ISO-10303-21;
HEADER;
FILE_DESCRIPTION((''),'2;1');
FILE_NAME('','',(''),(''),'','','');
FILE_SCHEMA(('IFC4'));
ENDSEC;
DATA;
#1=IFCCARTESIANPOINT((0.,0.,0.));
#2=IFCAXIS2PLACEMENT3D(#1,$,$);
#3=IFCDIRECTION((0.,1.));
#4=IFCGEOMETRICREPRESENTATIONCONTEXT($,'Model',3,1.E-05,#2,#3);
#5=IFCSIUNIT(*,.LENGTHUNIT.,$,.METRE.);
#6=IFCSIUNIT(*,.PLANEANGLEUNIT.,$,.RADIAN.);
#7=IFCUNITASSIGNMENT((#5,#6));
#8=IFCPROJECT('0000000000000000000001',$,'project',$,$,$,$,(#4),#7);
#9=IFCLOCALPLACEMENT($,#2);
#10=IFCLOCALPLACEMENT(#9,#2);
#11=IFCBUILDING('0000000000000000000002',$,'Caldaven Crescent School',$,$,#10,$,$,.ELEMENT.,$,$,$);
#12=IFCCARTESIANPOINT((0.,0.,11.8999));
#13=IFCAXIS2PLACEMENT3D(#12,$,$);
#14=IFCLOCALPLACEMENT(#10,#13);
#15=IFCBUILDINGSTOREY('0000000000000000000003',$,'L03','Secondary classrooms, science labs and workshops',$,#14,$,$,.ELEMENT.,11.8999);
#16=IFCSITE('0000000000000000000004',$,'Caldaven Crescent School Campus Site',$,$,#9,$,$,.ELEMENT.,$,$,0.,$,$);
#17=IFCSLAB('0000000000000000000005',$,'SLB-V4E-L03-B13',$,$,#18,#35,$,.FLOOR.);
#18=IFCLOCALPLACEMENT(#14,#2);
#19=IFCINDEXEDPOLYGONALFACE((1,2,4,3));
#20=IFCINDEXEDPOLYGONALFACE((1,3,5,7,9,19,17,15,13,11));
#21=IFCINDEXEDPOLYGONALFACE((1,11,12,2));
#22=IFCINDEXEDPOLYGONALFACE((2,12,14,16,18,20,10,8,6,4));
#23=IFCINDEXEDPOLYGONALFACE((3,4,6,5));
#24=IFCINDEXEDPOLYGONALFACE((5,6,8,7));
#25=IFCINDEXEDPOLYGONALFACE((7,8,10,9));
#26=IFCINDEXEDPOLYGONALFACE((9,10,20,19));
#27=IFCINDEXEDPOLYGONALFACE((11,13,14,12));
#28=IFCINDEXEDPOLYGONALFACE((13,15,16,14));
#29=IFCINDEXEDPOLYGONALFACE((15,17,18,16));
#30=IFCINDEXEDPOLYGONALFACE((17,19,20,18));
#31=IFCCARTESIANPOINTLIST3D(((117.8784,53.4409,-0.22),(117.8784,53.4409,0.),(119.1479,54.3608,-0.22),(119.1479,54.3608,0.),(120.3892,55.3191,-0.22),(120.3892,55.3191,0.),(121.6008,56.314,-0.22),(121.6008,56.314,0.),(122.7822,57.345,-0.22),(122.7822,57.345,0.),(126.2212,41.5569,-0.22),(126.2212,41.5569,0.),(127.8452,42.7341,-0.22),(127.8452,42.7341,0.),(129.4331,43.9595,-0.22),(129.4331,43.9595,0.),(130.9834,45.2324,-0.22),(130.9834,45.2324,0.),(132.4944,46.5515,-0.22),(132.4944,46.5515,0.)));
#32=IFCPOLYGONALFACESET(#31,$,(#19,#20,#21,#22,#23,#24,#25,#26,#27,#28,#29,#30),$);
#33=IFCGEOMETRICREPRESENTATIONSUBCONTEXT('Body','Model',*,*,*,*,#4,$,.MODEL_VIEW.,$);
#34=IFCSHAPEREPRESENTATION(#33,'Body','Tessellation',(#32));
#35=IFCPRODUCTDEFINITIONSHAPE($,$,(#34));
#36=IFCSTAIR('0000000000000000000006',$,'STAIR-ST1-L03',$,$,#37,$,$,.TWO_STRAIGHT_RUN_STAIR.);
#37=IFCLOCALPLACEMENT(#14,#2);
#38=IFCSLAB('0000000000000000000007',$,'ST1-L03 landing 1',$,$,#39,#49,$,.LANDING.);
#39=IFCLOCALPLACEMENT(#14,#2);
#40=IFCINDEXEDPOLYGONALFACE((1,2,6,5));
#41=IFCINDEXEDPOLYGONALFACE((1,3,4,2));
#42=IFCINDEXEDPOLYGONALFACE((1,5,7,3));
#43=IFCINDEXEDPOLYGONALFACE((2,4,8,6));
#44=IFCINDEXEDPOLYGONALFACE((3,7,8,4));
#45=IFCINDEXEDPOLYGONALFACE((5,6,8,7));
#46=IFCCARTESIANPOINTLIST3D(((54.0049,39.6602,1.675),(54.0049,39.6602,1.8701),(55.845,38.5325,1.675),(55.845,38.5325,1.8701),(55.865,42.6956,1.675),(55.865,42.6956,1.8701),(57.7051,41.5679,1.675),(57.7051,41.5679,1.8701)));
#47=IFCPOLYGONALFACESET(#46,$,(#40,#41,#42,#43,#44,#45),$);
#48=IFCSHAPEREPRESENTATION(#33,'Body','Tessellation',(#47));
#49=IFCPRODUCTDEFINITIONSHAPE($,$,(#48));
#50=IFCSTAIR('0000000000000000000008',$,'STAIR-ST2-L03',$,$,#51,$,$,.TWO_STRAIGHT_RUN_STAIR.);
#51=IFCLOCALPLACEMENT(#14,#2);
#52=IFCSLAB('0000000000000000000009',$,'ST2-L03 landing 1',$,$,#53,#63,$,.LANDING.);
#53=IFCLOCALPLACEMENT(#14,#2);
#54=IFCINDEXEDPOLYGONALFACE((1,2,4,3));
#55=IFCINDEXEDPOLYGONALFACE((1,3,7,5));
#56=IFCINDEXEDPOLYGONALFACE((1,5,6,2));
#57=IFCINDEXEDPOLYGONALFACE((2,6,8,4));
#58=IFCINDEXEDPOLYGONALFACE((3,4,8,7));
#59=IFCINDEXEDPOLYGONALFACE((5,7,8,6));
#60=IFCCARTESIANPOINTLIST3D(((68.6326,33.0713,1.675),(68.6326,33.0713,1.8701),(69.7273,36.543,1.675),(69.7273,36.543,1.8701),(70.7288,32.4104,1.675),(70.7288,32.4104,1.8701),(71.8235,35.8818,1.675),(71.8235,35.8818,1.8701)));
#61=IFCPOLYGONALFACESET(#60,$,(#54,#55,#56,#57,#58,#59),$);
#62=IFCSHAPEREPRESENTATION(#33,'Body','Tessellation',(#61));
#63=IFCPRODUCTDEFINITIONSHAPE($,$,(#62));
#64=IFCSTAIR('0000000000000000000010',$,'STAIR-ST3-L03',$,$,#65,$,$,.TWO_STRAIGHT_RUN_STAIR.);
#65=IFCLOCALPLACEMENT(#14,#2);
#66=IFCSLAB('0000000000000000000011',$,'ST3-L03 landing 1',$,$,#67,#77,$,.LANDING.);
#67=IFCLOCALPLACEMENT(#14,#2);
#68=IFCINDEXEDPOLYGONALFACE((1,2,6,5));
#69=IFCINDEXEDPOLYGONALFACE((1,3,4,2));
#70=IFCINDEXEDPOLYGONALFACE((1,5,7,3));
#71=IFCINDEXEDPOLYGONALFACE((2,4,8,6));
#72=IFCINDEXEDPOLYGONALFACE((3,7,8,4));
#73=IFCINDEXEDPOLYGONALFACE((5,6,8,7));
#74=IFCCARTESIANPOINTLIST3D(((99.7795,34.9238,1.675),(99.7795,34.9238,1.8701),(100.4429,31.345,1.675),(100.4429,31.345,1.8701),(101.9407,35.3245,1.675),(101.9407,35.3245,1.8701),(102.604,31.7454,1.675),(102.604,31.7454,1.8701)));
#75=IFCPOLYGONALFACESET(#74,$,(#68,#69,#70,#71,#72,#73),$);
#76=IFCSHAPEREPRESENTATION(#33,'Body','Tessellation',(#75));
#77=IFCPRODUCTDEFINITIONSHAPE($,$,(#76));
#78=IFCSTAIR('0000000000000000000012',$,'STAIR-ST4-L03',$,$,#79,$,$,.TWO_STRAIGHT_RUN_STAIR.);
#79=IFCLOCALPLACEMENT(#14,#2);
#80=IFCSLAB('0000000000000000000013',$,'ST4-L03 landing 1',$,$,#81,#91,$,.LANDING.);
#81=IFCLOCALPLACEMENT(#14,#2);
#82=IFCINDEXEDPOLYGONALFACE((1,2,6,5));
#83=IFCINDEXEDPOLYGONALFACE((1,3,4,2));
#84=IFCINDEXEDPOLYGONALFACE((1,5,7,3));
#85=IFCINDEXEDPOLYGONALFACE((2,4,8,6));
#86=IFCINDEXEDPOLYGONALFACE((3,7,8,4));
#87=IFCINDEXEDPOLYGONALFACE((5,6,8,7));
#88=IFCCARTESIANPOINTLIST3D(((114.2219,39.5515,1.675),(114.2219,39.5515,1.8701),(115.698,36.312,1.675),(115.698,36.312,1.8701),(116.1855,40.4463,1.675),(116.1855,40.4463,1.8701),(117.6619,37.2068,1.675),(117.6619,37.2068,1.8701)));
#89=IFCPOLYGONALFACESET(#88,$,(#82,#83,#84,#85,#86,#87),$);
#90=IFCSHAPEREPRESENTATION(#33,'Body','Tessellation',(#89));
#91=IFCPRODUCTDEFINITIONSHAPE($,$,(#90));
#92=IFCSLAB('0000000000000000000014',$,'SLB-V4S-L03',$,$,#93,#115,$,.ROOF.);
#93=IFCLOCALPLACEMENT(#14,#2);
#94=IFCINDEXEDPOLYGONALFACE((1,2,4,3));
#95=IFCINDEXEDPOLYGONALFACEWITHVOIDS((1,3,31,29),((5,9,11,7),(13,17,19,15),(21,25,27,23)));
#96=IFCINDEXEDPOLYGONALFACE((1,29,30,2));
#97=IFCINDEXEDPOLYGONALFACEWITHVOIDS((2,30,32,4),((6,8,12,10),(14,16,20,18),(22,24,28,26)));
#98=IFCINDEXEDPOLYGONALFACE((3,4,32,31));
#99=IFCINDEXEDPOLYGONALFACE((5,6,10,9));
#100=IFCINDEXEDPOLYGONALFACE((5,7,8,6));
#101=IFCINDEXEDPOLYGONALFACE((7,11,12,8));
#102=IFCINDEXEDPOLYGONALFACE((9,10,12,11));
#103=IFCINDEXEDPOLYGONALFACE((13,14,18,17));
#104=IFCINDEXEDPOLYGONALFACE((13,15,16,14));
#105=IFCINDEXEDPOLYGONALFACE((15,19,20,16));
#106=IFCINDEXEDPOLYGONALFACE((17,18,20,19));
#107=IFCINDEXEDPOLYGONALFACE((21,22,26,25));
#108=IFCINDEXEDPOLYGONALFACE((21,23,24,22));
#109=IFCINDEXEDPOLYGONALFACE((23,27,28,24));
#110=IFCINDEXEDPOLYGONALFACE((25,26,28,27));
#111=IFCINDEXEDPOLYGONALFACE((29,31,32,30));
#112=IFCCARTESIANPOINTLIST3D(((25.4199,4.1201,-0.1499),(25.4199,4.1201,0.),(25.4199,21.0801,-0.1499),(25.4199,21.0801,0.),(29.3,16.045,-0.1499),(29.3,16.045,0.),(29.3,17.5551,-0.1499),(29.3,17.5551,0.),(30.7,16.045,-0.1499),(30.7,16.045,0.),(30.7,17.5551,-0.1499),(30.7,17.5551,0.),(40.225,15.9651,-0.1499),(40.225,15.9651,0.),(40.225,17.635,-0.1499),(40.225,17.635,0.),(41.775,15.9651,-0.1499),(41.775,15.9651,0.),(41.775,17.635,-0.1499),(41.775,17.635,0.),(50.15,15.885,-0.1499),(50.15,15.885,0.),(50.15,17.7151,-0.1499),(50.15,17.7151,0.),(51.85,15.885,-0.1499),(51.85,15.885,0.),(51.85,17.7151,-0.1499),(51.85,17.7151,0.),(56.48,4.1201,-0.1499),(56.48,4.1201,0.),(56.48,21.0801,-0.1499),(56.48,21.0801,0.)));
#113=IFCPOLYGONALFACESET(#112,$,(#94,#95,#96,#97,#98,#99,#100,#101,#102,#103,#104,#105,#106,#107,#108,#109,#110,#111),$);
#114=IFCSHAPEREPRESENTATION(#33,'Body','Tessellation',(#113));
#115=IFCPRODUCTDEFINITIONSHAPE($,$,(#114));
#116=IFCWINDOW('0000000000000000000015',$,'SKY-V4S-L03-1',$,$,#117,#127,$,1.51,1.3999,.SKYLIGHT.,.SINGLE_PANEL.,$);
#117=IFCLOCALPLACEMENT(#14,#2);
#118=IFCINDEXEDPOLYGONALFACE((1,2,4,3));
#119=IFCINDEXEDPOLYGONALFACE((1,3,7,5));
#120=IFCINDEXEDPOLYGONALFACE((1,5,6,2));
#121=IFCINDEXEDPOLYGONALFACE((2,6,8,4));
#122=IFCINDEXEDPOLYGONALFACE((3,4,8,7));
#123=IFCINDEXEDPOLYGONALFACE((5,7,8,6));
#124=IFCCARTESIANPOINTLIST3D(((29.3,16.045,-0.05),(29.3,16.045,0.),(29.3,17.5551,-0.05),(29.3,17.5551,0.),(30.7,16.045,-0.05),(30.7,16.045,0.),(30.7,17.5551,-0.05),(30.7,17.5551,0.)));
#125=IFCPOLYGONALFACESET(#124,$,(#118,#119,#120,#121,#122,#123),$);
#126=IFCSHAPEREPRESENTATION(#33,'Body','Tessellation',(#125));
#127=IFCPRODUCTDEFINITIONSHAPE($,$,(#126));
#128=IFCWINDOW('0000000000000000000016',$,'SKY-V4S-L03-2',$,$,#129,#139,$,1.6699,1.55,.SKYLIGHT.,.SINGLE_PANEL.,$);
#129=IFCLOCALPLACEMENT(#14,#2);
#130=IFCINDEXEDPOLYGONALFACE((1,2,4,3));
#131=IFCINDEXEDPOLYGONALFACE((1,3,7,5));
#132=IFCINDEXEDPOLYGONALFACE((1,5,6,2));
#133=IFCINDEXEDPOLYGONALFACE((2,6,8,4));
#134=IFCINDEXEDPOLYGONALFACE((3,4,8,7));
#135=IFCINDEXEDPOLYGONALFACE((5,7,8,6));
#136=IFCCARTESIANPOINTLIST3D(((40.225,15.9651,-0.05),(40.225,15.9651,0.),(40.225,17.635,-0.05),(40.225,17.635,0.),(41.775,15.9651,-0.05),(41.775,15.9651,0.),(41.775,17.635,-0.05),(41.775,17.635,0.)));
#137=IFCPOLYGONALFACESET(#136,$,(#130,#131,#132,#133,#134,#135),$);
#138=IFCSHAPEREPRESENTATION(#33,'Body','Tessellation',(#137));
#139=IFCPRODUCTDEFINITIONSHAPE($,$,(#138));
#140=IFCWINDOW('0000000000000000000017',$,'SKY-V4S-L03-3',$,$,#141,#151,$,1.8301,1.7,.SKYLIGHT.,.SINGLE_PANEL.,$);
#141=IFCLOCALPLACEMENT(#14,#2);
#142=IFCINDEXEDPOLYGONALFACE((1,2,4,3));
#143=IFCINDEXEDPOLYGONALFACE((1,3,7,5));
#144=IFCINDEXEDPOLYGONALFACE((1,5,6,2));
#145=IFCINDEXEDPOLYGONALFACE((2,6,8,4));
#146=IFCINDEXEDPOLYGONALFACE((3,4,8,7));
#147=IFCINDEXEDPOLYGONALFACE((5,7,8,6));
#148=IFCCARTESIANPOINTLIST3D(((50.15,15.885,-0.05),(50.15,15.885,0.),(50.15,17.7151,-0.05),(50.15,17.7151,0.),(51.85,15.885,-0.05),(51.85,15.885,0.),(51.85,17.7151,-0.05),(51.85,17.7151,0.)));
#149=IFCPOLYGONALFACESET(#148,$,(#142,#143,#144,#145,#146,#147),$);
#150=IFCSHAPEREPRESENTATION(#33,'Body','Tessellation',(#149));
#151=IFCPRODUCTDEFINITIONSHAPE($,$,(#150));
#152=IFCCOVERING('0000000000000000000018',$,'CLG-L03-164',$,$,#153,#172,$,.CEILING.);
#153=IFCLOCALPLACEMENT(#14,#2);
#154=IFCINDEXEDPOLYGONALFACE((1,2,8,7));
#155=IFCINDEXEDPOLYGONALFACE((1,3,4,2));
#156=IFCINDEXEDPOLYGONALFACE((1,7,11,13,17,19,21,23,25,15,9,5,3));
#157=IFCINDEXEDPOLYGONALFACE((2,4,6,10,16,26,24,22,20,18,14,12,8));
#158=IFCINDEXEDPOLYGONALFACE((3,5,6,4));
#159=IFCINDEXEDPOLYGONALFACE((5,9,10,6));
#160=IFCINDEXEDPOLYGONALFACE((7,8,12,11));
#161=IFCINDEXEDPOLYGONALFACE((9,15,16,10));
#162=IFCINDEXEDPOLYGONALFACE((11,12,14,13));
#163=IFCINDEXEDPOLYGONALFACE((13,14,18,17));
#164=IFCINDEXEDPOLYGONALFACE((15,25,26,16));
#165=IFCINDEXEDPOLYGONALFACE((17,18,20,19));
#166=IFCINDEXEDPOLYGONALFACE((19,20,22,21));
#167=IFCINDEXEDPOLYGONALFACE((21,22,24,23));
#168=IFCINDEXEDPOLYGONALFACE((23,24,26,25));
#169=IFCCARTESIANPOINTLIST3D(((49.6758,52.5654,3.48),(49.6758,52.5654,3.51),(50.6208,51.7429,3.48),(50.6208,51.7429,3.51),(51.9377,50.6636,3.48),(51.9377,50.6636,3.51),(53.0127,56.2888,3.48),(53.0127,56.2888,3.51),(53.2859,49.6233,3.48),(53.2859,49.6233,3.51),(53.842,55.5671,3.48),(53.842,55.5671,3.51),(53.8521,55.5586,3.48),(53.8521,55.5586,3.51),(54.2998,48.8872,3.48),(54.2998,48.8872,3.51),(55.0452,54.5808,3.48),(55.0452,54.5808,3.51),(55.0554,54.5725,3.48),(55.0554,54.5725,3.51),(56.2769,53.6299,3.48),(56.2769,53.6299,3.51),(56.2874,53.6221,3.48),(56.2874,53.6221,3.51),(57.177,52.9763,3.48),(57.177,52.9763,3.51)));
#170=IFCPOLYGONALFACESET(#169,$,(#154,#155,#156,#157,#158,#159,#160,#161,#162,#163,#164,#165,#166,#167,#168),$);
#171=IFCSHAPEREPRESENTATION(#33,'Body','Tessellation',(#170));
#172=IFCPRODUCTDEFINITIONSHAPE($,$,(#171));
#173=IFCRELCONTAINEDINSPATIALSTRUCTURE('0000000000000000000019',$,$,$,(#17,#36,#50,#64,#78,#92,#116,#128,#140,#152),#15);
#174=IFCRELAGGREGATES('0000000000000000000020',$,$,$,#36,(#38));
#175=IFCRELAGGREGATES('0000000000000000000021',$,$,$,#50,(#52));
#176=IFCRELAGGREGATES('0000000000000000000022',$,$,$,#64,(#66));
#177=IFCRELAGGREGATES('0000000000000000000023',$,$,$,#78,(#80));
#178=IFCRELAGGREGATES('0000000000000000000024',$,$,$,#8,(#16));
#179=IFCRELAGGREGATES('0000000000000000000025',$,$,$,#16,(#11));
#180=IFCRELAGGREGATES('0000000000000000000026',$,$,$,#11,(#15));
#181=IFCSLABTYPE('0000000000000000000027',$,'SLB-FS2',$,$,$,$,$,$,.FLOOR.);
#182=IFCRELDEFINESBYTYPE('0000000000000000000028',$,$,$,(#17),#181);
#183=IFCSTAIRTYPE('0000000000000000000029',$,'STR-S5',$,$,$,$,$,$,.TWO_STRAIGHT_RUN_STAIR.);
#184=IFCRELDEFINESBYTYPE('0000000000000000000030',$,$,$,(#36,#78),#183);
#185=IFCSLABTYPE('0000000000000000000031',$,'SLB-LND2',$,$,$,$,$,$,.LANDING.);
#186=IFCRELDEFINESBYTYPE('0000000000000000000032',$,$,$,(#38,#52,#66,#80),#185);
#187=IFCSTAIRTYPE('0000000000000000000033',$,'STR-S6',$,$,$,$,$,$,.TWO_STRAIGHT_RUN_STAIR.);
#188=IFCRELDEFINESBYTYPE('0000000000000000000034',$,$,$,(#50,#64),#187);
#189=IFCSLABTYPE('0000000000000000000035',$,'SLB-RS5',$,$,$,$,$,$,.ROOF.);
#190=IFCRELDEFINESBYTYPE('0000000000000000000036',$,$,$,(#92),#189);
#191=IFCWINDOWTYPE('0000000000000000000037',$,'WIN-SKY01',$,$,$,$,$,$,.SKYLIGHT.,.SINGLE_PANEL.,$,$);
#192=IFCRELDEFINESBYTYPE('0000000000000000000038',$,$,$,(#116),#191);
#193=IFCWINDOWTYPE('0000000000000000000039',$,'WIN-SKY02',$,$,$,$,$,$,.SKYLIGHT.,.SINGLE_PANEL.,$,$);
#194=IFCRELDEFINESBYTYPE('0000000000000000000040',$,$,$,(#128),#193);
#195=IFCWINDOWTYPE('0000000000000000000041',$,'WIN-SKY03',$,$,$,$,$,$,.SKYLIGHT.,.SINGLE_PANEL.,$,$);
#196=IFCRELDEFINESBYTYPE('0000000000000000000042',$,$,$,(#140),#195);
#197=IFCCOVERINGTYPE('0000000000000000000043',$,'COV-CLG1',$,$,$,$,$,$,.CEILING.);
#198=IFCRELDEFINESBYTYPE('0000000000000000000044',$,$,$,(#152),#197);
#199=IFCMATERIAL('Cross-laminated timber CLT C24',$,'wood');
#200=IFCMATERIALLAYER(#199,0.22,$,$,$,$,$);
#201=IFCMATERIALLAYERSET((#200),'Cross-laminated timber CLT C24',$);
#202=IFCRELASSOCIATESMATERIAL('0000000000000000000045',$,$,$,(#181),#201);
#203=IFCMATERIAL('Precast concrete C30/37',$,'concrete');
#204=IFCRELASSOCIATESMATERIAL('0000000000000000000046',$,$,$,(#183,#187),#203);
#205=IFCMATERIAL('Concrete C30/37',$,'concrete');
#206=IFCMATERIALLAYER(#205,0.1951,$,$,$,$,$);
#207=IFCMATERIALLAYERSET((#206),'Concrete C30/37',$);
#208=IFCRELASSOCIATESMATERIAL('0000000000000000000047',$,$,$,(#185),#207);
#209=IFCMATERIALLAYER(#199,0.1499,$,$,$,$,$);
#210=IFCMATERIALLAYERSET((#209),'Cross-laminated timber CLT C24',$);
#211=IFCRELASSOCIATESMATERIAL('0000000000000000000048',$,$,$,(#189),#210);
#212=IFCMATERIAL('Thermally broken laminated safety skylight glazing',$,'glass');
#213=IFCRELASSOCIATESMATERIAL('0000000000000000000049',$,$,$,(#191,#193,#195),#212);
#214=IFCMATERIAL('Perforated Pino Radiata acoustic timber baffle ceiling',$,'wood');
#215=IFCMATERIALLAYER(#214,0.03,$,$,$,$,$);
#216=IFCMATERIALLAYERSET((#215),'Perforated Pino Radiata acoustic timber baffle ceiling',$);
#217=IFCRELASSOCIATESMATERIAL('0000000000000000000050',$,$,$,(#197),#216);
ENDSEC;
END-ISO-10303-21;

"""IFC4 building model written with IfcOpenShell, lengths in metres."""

from ifc_helpers import new_model, si_unit, direction, frame, origin, origin_2d, place, context, subcontext, project, spatial, polyline, rectangle, outline, extrude, material, layer, layer_set, type_object, element, fill, aggregate, save


model = new_model("IFC4")

# Units and contexts
model_context = context("Model", 3, precision=1e-05, world=origin(), true_north=direction((0.0, 1.0)))
body_context = subcontext(model_context, "Body", "Model", "MODEL_VIEW")
ifc_project = project(units=[si_unit("LENGTHUNIT", "METRE"), si_unit("PLANEANGLEUNIT", "RADIAN")], contexts=[model_context])

# Site, building, storey
site_placement = place(None, origin())
site = spatial("IfcSite", under=ifc_project, at=site_placement, Name="Caldaven Crescent School Campus Site", CompositionType="ELEMENT", RefElevation=0.0)
building_placement = place(site_placement, origin())
building = spatial("IfcBuilding", under=site, at=building_placement, Name="Caldaven Crescent School", CompositionType="ELEMENT")
storey_placement = place(building_placement, frame((0.0, 0.0, 11.8999)))
storey = spatial("IfcBuildingStorey", under=building, at=storey_placement, Name="L03", Description="Secondary classrooms, science labs and workshops", CompositionType="ELEMENT", Elevation=11.8999)

# Slab
ifc_material_1 = material(Name="Cross-laminated timber CLT C24", Category="wood")
ifc_layer_1 = layer(ifc_material_1, 0.22)
ifc_layer_set_1 = layer_set([ifc_layer_1], Name="Cross-laminated timber CLT C24")
slab_type_1 = type_object("IfcSlabType", Name="SLB-FS2", PredefinedType="FLOOR", material=ifc_layer_set_1)
slab_1_placement = place(storey_placement, frame((0.0, 0.0, -0.22)))
element("IfcSlab", 1, at=slab_1_placement, inside=storey, type_object=slab_type_1, Name="SLB-V4E-L03-B13", PredefinedType="FLOOR", context=body_context, shape_type="SweptSolid", body=[
    extrude(outline(polyline([(126.2212, 41.5569), (127.8452, 42.7341), (129.4331, 43.9595), (130.9834, 45.2324), (132.4944, 46.5515), (122.7822, 57.345), (121.6008, 56.314), (120.3892, 55.3191), (119.1479, 54.3608), (117.8784, 53.4409), (126.2212, 41.5569)])), origin(), (0.0, 0.0, 1.0), 0.22),
])

# Stairs, slabs
ifc_material_2 = material(Name="Precast concrete C30/37", Category="concrete")
stair_type_1 = type_object("IfcStairType", Name="STR-S5", PredefinedType="TWO_STRAIGHT_RUN_STAIR", material=ifc_material_2)
stair_1_placement = place(storey_placement, origin())
stair_1 = element("IfcStair", 2, at=stair_1_placement, inside=storey, type_object=stair_type_1, Name="STAIR-ST1-L03", PredefinedType="TWO_STRAIGHT_RUN_STAIR")
ifc_material_3 = material(Name="Concrete C30/37", Category="concrete")
ifc_layer_2 = layer(ifc_material_3, 0.1951)
ifc_layer_set_2 = layer_set([ifc_layer_2], Name="Concrete C30/37")
slab_type_2 = type_object("IfcSlabType", Name="SLB-LND2", PredefinedType="LANDING", material=ifc_layer_set_2)
slab_2_placement = place(storey_placement, frame((0.0, 0.0, 1.675)))
slab_2 = element("IfcSlab", 3, at=slab_2_placement, type_object=slab_type_2, Name="ST1-L03 landing 1", PredefinedType="LANDING", context=body_context, shape_type="SweptSolid", body=[
    extrude(outline(polyline([(54.0049, 39.6602), (55.845, 38.5325), (57.7051, 41.5679), (55.865, 42.6956), (54.0049, 39.6602)])), origin(), (0.0, 0.0, 1.0), 0.1951),
])
aggregate(stair_1, [slab_2])
stair_type_2 = type_object("IfcStairType", Name="STR-S6", PredefinedType="TWO_STRAIGHT_RUN_STAIR", material=ifc_material_2)
stair_2_placement = place(storey_placement, origin())
stair_2 = element("IfcStair", 4, at=stair_2_placement, inside=storey, type_object=stair_type_2, Name="STAIR-ST2-L03", PredefinedType="TWO_STRAIGHT_RUN_STAIR")
slab_3_placement = place(storey_placement, frame((0.0, 0.0, 1.675)))
slab_3 = element("IfcSlab", 5, at=slab_3_placement, type_object=slab_type_2, Name="ST2-L03 landing 1", PredefinedType="LANDING", context=body_context, shape_type="SweptSolid", body=[
    extrude(outline(polyline([(68.6326, 33.0713), (70.7288, 32.4104), (71.8235, 35.8818), (69.7273, 36.543), (68.6326, 33.0713)])), origin(), (0.0, 0.0, 1.0), 0.1951),
])
aggregate(stair_2, [slab_3])
stair_3_placement = place(storey_placement, origin())
stair_3 = element("IfcStair", 6, at=stair_3_placement, inside=storey, type_object=stair_type_2, Name="STAIR-ST3-L03", PredefinedType="TWO_STRAIGHT_RUN_STAIR")
slab_4_placement = place(storey_placement, frame((0.0, 0.0, 1.675)))
slab_4 = element("IfcSlab", 7, at=slab_4_placement, type_object=slab_type_2, Name="ST3-L03 landing 1", PredefinedType="LANDING", context=body_context, shape_type="SweptSolid", body=[
    extrude(outline(polyline([(100.4429, 31.345), (102.604, 31.7454), (101.9407, 35.3245), (99.7795, 34.9238), (100.4429, 31.345)])), origin(), (0.0, 0.0, 1.0), 0.1951),
])
aggregate(stair_3, [slab_4])
stair_4_placement = place(storey_placement, origin())
stair_4 = element("IfcStair", 8, at=stair_4_placement, inside=storey, type_object=stair_type_1, Name="STAIR-ST4-L03", PredefinedType="TWO_STRAIGHT_RUN_STAIR")
slab_5_placement = place(storey_placement, frame((0.0, 0.0, 1.675)))
slab_5 = element("IfcSlab", 9, at=slab_5_placement, type_object=slab_type_2, Name="ST4-L03 landing 1", PredefinedType="LANDING", context=body_context, shape_type="SweptSolid", body=[
    extrude(outline(polyline([(115.698, 36.312), (117.6619, 37.2068), (116.1855, 40.4463), (114.2219, 39.5515), (115.698, 36.312)])), origin(), (0.0, 0.0, 1.0), 0.1951),
])
aggregate(stair_4, [slab_5])

# Slab, openings, windows
ifc_layer_3 = layer(ifc_material_1, 0.1499)
ifc_layer_set_3 = layer_set([ifc_layer_3], Name="Cross-laminated timber CLT C24")
slab_type_3 = type_object("IfcSlabType", Name="SLB-RS5", PredefinedType="ROOF", material=ifc_layer_set_3)
slab_6_placement = place(storey_placement, frame((0.0, 0.0, -0.1499)))
slab_6 = element("IfcSlab", 10, at=slab_6_placement, inside=storey, type_object=slab_type_3, Name="SLB-V4S-L03", PredefinedType="ROOF", context=body_context, shape_type="SweptSolid", body=[
    extrude(outline(polyline([(25.4199, 4.1201), (56.48, 4.1201), (56.48, 21.0801), (25.4199, 21.0801), (25.4199, 4.1201)])), origin(), (0.0, 0.0, 1.0), 0.1499),
])
opening_1_placement = place(slab_6_placement, frame((30.0, 16.8, -0.01)))
opening_1 = element("IfcOpeningElement", 11, at=opening_1_placement, cuts=slab_6, PredefinedType="OPENING", context=body_context, shape_type="SweptSolid", body=[
    extrude(rectangle(XDim=1.3999, YDim=1.51, at=origin_2d()), origin(), (0.0, 0.0, 1.0), 0.1699),
])
opening_2_placement = place(slab_6_placement, frame((41.0, 16.8, -0.01)))
opening_2 = element("IfcOpeningElement", 12, at=opening_2_placement, cuts=slab_6, PredefinedType="OPENING", context=body_context, shape_type="SweptSolid", body=[
    extrude(rectangle(XDim=1.55, YDim=1.6699, at=origin_2d()), origin(), (0.0, 0.0, 1.0), 0.1699),
])
opening_3_placement = place(slab_6_placement, frame((51.0, 16.8, -0.01)))
opening_3 = element("IfcOpeningElement", 13, at=opening_3_placement, cuts=slab_6, PredefinedType="OPENING", context=body_context, shape_type="SweptSolid", body=[
    extrude(rectangle(XDim=1.7, YDim=1.8301, at=origin_2d()), origin(), (0.0, 0.0, 1.0), 0.1699),
])
ifc_material_4 = material(Name="Thermally broken laminated safety skylight glazing", Category="glass")
window_type_1 = type_object("IfcWindowType", Name="WIN-SKY01", PartitioningType="SINGLE_PANEL", PredefinedType="SKYLIGHT", material=ifc_material_4)
window_1_placement = place(opening_1_placement, frame((0.0, 0.0, 0.1099)))
window_1 = element("IfcWindow", 14, at=window_1_placement, inside=storey, type_object=window_type_1, Name="SKY-V4S-L03-1", OverallHeight=1.51, OverallWidth=1.3999, PartitioningType="SINGLE_PANEL", PredefinedType="SKYLIGHT", context=body_context, shape_type="SweptSolid", body=[
    extrude(rectangle(XDim=1.3999, YDim=1.51, at=origin_2d()), origin(), (0.0, 0.0, 1.0), 0.05),
])
fill(opening_1, window_1)
window_type_2 = type_object("IfcWindowType", Name="WIN-SKY02", PartitioningType="SINGLE_PANEL", PredefinedType="SKYLIGHT", material=ifc_material_4)
window_2_placement = place(opening_2_placement, frame((0.0, 0.0, 0.1099)))
window_2 = element("IfcWindow", 15, at=window_2_placement, inside=storey, type_object=window_type_2, Name="SKY-V4S-L03-2", OverallHeight=1.6699, OverallWidth=1.55, PartitioningType="SINGLE_PANEL", PredefinedType="SKYLIGHT", context=body_context, shape_type="SweptSolid", body=[
    extrude(rectangle(XDim=1.55, YDim=1.6699, at=origin_2d()), origin(), (0.0, 0.0, 1.0), 0.05),
])
fill(opening_2, window_2)
window_type_3 = type_object("IfcWindowType", Name="WIN-SKY03", PartitioningType="SINGLE_PANEL", PredefinedType="SKYLIGHT", material=ifc_material_4)
window_3_placement = place(opening_3_placement, frame((0.0, 0.0, 0.1099)))
window_3 = element("IfcWindow", 16, at=window_3_placement, inside=storey, type_object=window_type_3, Name="SKY-V4S-L03-3", OverallHeight=1.8301, OverallWidth=1.7, PartitioningType="SINGLE_PANEL", PredefinedType="SKYLIGHT", context=body_context, shape_type="SweptSolid", body=[
    extrude(rectangle(XDim=1.7, YDim=1.8301, at=origin_2d()), origin(), (0.0, 0.0, 1.0), 0.05),
])
fill(opening_3, window_3)

# Covering
ifc_material_5 = material(Name="Perforated Pino Radiata acoustic timber baffle ceiling", Category="wood")
ifc_layer_4 = layer(ifc_material_5, 0.03)
ifc_layer_set_4 = layer_set([ifc_layer_4], Name="Perforated Pino Radiata acoustic timber baffle ceiling")
covering_type_1 = type_object("IfcCoveringType", Name="COV-CLG1", PredefinedType="CEILING", material=ifc_layer_set_4)
covering_1_placement = place(storey_placement, frame((0.0, 0.0, 3.48)))
element("IfcCovering", 17, at=covering_1_placement, inside=storey, type_object=covering_type_1, Name="CLG-L03-164", PredefinedType="CEILING", context=body_context, shape_type="SweptSolid", body=[
    extrude(outline(polyline([(53.842, 55.5671), (53.8521, 55.5586), (55.0452, 54.5808), (55.0554, 54.5725), (56.2769, 53.6299), (56.2874, 53.6221), (57.177, 52.9763), (54.2998, 48.8872), (53.2859, 49.6233), (51.9377, 50.6636), (50.6208, 51.7429), (49.6758, 52.5654), (53.0127, 56.2888), (53.842, 55.5671)])), origin(), (0.0, 0.0, 1.0), 0.03),
])

save(model, "model.ifc")
